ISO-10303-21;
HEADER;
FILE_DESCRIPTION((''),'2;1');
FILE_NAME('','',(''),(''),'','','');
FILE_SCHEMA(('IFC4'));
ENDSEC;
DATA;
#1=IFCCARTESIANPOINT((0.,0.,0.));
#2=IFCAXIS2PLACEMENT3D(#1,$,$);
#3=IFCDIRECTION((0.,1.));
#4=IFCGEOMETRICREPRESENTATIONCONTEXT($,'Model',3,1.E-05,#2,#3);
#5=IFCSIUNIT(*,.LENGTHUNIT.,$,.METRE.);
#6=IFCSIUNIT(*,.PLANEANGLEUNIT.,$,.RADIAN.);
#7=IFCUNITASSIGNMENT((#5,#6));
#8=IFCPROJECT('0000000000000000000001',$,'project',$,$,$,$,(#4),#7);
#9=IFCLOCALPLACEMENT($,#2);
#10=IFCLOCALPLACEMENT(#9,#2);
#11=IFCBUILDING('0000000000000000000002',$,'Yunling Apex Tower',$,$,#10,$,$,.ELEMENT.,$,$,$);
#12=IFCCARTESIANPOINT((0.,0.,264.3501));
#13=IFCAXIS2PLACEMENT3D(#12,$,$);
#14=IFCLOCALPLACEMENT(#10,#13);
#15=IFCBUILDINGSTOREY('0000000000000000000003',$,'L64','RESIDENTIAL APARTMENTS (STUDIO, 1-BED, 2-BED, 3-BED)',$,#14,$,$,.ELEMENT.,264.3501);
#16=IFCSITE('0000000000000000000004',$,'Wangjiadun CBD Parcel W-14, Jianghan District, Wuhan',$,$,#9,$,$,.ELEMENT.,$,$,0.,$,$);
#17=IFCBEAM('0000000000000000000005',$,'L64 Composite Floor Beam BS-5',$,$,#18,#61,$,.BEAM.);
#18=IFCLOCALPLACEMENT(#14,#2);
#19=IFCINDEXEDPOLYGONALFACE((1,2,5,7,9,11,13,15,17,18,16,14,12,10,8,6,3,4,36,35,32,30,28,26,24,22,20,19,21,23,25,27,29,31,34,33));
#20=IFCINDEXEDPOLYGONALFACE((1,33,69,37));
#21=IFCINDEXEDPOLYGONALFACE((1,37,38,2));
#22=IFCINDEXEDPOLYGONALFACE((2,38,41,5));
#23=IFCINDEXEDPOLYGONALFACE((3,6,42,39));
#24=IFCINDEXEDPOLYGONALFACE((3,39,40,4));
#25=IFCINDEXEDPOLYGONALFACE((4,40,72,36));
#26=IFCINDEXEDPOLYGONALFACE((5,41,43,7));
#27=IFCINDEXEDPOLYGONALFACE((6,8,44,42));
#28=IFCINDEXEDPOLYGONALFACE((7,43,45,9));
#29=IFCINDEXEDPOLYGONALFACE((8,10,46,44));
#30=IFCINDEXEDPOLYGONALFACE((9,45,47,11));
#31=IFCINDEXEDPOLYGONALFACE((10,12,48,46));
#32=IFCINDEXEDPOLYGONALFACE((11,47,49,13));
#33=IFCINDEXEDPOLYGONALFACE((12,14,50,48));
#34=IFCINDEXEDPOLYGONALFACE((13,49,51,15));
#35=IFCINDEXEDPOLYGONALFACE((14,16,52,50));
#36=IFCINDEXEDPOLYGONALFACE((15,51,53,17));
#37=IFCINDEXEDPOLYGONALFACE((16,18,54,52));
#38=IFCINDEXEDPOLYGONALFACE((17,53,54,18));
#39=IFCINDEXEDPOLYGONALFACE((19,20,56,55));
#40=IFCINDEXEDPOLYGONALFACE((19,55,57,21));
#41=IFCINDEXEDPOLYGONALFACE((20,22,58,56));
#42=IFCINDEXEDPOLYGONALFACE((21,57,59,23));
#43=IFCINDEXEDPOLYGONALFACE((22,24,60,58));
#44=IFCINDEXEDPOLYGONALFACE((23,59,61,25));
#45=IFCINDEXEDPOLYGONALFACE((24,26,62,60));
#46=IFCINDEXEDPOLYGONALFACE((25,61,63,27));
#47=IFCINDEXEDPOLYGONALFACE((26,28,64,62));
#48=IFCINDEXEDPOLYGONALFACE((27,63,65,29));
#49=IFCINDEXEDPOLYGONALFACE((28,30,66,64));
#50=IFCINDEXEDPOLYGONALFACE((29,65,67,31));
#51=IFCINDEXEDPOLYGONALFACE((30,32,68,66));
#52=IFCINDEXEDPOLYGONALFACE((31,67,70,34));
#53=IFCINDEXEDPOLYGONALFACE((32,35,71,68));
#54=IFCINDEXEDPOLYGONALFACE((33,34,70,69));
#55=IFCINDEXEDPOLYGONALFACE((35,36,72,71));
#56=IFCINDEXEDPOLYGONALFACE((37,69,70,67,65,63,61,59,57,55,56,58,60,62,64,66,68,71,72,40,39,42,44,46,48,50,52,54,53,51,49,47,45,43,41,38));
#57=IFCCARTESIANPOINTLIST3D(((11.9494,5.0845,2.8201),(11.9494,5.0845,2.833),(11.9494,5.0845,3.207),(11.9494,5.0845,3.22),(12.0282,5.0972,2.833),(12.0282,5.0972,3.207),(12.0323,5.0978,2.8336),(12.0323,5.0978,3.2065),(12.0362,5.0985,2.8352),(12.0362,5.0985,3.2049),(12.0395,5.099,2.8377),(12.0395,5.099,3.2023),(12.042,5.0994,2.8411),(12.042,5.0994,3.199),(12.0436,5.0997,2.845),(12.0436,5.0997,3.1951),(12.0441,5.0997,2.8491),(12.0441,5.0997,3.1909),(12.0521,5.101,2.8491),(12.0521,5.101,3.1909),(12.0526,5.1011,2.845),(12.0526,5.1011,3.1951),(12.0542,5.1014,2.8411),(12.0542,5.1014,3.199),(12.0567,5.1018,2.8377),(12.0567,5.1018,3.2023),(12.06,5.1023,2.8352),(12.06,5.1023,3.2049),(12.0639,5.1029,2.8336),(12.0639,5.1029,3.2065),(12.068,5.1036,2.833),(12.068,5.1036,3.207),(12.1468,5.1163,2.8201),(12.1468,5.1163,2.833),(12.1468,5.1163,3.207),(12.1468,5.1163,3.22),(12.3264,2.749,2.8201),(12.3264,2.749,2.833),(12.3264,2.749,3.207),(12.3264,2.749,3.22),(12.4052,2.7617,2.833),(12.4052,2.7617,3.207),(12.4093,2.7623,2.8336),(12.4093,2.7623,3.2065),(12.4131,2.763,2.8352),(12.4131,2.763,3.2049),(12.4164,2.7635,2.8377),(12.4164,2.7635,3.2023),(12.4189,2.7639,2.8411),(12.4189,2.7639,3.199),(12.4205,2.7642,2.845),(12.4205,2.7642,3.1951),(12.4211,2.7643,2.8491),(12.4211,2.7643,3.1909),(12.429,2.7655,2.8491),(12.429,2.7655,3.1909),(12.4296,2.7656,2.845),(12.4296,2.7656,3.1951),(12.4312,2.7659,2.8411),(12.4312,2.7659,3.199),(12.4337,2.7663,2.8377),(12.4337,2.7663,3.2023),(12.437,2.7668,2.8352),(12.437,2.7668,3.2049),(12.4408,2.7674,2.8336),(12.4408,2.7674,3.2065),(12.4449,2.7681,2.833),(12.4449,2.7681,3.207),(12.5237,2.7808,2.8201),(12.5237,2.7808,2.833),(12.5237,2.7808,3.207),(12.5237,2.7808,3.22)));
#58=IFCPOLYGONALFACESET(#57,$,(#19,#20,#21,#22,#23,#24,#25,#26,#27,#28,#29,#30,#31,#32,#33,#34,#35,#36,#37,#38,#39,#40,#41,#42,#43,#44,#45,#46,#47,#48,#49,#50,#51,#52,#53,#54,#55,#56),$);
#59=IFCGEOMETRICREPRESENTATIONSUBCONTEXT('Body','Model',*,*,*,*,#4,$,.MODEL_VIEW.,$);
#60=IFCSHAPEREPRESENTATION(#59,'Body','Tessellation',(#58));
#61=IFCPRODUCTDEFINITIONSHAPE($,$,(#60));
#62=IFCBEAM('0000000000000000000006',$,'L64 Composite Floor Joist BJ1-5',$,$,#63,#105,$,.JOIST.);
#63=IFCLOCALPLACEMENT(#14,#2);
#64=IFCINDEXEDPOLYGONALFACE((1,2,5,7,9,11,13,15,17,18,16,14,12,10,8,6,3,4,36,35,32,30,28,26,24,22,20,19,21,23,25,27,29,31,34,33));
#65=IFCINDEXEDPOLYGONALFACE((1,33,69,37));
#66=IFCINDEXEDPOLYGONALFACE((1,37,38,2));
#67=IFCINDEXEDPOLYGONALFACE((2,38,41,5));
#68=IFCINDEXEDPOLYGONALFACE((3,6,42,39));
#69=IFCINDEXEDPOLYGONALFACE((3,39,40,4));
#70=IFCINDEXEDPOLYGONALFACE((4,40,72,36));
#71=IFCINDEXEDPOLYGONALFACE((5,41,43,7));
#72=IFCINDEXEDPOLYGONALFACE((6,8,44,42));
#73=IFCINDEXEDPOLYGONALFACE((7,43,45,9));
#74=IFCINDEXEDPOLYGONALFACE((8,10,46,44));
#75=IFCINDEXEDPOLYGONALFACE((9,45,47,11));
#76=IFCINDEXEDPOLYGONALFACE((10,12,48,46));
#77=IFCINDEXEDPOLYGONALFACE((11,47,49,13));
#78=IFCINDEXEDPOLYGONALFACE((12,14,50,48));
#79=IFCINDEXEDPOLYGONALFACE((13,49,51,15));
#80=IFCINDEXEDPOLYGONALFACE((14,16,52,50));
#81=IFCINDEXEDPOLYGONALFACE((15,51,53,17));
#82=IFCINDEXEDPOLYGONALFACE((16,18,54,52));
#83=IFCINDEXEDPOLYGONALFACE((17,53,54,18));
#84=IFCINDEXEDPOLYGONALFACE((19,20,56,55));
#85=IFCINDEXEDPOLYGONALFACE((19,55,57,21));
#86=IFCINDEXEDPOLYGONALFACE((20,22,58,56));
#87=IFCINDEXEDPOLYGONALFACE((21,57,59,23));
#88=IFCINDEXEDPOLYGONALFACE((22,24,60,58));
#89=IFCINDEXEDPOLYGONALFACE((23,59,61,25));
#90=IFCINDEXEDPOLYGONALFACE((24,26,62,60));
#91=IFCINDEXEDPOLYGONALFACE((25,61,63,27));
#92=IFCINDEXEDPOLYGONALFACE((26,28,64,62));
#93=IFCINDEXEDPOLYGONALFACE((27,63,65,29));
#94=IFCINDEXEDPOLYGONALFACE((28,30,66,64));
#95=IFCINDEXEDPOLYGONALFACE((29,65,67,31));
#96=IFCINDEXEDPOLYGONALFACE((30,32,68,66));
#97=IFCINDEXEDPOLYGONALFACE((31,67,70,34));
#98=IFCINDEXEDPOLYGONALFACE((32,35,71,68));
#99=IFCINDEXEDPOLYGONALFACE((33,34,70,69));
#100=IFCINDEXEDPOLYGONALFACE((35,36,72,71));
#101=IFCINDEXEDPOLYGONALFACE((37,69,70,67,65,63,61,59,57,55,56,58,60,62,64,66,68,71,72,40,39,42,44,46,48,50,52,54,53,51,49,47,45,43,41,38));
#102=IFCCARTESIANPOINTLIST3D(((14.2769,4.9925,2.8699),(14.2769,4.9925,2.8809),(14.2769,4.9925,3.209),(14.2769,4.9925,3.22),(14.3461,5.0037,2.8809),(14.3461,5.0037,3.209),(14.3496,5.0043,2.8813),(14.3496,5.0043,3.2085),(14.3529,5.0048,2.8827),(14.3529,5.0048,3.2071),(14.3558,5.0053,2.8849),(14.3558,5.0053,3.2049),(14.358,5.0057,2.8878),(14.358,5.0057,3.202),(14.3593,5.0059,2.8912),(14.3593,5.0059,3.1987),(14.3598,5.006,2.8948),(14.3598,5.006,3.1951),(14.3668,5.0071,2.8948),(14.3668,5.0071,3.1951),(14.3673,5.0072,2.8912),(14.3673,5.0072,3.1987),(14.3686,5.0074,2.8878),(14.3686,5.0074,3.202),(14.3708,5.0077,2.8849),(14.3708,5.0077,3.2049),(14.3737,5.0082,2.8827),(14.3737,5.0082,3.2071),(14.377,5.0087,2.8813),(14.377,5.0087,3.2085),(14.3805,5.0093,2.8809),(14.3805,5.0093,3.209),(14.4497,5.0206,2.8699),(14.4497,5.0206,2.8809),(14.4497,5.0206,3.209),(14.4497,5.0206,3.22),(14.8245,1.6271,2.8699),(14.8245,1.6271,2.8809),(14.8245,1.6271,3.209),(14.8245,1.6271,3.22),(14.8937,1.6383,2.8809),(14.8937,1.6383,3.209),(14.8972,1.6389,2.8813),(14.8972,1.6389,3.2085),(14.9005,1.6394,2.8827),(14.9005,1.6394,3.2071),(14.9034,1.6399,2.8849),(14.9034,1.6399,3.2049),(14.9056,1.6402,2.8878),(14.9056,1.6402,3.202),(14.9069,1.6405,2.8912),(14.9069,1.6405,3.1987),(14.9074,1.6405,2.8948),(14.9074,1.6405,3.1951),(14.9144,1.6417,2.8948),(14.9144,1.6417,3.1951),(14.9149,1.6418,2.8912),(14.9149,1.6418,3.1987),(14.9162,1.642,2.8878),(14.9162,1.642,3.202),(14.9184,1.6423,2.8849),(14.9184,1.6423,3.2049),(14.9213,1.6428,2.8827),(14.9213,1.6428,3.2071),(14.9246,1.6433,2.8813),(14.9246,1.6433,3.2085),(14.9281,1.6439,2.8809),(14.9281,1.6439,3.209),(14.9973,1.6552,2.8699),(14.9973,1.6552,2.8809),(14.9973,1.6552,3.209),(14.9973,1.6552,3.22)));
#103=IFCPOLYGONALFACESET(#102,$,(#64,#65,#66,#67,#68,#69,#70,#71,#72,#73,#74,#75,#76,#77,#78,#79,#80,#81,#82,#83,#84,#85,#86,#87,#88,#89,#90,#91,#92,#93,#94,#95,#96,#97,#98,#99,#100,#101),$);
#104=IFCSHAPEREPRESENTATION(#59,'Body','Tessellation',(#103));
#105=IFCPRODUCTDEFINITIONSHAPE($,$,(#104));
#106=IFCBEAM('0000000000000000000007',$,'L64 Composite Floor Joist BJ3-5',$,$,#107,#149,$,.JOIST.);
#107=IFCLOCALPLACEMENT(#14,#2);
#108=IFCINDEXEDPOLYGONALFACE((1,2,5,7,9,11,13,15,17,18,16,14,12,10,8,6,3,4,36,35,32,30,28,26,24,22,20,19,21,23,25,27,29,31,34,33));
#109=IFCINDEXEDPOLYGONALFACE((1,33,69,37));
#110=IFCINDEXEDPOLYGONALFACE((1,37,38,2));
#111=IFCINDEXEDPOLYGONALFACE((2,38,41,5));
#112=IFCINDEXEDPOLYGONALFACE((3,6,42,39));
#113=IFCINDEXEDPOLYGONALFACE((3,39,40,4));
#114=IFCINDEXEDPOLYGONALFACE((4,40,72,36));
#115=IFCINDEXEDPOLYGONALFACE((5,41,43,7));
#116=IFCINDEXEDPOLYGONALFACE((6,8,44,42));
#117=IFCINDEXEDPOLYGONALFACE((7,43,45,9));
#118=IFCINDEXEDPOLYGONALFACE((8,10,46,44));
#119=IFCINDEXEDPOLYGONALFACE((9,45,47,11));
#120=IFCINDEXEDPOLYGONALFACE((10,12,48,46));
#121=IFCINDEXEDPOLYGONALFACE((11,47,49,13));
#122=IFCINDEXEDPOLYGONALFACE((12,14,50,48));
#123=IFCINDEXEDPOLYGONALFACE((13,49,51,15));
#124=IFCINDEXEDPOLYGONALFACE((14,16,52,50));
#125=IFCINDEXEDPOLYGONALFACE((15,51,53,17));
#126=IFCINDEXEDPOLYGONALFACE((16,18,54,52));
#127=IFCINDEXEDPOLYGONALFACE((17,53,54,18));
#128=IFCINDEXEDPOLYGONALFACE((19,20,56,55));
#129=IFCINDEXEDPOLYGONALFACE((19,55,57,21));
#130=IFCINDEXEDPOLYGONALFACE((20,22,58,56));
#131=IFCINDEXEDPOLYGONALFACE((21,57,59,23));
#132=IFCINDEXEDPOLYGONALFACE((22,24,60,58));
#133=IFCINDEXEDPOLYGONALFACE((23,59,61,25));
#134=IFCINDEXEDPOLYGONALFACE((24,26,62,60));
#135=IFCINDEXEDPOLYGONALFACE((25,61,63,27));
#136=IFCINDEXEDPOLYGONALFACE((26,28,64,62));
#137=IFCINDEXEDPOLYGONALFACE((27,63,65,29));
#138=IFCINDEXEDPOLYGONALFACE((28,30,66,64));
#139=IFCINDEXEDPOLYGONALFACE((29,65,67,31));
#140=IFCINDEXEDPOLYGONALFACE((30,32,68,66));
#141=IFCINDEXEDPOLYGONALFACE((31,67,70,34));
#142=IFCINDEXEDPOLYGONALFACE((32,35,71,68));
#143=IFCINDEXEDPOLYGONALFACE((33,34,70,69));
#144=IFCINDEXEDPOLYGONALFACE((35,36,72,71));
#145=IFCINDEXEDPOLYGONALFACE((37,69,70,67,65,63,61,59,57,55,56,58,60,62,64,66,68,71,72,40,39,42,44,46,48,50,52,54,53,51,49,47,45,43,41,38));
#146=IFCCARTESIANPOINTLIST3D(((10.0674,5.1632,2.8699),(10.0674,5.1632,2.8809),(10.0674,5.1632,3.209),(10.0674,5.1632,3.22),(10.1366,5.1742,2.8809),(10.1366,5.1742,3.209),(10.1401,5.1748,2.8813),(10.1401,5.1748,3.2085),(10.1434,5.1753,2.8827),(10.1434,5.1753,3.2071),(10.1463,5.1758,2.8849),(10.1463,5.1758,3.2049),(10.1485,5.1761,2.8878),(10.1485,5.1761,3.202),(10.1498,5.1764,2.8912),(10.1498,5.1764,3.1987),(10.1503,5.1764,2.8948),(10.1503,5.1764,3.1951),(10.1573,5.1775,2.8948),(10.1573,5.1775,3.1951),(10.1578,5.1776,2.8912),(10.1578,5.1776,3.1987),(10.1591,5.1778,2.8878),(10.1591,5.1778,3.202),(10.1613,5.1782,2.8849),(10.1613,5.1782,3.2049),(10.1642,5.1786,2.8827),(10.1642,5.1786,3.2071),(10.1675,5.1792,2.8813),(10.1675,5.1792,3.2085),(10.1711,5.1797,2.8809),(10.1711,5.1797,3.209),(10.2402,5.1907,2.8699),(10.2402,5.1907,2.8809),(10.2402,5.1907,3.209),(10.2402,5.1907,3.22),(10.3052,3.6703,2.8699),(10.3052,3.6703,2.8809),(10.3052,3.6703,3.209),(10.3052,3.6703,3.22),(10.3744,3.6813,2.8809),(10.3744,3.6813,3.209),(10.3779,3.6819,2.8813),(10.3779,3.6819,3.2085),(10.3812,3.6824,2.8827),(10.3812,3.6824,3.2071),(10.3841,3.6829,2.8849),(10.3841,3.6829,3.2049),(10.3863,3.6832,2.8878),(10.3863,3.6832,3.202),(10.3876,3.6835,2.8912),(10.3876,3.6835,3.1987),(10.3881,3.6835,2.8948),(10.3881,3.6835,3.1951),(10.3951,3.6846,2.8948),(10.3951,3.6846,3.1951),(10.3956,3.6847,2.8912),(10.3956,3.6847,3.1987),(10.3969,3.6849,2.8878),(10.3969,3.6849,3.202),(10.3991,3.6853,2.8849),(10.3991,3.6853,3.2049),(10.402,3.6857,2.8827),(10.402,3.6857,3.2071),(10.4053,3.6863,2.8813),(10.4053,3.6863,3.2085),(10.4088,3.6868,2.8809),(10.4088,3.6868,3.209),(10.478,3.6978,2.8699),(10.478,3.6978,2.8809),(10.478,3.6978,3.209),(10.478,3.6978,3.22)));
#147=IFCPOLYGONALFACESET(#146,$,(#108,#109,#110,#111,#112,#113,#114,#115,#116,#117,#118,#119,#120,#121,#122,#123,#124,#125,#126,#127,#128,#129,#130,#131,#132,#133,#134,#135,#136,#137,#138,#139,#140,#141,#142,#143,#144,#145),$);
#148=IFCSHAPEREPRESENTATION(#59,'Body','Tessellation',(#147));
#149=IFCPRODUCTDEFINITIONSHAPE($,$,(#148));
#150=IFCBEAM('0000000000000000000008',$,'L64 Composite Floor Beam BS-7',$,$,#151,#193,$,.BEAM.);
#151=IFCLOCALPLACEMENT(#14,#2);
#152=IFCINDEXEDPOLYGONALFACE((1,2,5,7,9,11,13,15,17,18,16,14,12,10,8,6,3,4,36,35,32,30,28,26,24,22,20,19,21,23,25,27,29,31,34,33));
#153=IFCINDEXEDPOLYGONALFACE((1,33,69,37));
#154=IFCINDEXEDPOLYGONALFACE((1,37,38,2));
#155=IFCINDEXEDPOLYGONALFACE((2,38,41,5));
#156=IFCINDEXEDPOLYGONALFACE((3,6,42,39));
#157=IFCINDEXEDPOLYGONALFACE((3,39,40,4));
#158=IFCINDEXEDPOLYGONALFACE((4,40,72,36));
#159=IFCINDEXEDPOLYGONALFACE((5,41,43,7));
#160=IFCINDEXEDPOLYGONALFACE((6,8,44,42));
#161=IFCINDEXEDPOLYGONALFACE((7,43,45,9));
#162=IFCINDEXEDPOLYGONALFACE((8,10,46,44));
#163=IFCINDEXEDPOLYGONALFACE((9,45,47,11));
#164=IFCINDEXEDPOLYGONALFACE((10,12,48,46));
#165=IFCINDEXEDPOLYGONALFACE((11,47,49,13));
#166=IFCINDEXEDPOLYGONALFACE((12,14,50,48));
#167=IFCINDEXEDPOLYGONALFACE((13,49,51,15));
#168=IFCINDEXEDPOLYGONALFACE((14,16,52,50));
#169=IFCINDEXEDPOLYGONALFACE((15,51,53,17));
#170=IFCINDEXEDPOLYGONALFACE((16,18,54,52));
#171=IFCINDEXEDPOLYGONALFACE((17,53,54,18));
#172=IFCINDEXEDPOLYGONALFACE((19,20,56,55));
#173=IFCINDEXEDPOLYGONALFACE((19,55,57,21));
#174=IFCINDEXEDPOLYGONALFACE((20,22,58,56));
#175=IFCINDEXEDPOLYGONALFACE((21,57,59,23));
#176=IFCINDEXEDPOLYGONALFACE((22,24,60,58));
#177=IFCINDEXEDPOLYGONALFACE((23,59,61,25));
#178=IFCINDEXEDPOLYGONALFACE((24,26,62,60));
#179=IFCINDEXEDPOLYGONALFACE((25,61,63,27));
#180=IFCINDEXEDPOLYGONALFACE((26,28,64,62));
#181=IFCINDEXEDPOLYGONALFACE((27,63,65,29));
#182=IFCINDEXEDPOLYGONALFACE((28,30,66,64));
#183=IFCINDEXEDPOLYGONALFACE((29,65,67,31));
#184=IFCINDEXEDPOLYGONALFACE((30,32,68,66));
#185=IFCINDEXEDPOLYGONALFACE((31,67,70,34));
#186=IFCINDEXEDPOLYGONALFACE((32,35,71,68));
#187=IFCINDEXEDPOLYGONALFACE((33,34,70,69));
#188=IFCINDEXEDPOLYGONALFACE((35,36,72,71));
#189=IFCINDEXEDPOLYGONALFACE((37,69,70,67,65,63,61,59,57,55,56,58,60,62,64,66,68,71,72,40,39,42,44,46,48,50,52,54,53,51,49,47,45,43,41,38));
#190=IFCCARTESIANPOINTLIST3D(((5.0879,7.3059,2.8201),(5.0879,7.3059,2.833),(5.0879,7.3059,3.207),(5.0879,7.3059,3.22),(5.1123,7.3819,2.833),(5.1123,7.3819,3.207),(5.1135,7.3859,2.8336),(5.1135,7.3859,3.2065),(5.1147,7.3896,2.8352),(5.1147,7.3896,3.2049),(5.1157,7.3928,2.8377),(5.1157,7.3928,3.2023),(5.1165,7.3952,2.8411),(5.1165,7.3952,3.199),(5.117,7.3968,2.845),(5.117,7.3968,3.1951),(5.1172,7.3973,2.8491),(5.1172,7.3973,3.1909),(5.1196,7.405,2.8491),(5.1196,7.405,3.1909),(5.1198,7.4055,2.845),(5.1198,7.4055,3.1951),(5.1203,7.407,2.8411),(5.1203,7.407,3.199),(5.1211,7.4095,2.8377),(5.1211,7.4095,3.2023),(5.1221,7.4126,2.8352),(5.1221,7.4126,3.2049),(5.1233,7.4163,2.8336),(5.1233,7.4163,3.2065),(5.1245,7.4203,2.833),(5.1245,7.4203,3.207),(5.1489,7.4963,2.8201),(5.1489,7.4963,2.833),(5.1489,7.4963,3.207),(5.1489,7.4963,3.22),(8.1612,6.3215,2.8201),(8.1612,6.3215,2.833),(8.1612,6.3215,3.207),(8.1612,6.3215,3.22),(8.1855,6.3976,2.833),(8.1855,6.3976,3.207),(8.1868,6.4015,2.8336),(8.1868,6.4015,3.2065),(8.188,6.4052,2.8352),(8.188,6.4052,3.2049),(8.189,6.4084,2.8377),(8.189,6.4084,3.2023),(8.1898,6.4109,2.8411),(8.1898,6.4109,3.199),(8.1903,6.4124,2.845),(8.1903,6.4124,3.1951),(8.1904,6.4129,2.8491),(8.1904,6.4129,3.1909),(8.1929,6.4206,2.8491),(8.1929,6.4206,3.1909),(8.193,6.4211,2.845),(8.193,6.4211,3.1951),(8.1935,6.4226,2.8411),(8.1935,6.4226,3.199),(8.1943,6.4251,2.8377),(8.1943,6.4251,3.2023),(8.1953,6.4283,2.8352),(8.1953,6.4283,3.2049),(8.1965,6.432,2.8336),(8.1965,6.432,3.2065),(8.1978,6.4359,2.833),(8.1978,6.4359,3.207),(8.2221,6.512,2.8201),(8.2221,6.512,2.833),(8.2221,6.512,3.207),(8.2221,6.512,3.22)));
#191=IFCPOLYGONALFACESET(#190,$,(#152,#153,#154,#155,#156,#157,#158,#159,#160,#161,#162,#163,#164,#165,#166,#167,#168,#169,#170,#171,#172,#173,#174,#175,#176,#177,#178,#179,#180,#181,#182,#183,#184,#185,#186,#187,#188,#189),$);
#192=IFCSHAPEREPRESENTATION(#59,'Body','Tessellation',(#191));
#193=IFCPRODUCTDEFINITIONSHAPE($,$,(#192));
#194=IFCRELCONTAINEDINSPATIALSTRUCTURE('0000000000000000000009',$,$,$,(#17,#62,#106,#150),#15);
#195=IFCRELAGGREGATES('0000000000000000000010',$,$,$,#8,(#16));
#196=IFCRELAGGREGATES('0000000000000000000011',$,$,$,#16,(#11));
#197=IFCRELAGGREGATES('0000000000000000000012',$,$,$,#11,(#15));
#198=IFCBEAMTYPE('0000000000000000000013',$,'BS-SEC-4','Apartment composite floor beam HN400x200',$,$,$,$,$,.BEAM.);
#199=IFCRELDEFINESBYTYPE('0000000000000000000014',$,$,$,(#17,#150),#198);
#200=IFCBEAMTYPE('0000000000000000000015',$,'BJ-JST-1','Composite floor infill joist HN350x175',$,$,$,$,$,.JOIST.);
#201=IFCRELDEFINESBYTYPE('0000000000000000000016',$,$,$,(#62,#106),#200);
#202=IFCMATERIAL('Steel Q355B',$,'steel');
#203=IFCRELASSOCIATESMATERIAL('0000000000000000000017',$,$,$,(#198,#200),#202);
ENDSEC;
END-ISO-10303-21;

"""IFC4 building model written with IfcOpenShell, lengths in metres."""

from ifc_helpers import new_model, si_unit, direction, frame, origin, origin_2d, place, context, subcontext, project, spatial, i_section, extrude, source, transform, mapped, material, material_profile, profile_set, type_object, element, save


model = new_model("IFC4")

# Units and contexts
model_context = context("Model", 3, precision=1e-05, world=origin(), true_north=direction((0.0, 1.0)))
body_context = subcontext(model_context, "Body", "Model", "MODEL_VIEW")
ifc_project = project(units=[si_unit("LENGTHUNIT", "METRE"), si_unit("PLANEANGLEUNIT", "RADIAN")], contexts=[model_context])

# Site, building, storey
site_placement = place(None, origin())
site = spatial("IfcSite", under=ifc_project, at=site_placement, Name="Wangjiadun CBD Parcel W-14, Jianghan District, Wuhan", CompositionType="ELEMENT", RefElevation=0.0)
building_placement = place(site_placement, origin())
building = spatial("IfcBuilding", under=site, at=building_placement, Name="Yunling Apex Tower", CompositionType="ELEMENT")
storey_placement = place(building_placement, frame((0.0, 0.0, 264.3501)))
storey = spatial("IfcBuildingStorey", under=building, at=storey_placement, Name="L64", Description="RESIDENTIAL APARTMENTS (STUDIO, 1-BED, 2-BED, 3-BED)", CompositionType="ELEMENT", Elevation=264.3501)

# Shared definitions
ifc_material_1 = material(Name="Steel Q355B", Category="steel")

# Beams
ifc_material_profile_1 = material_profile(ifc_material_1, i_section(OverallWidth=0.2, OverallDepth=0.3999, WebThickness=0.0081, FlangeThickness=0.0129, FilletRadius=0.0161, at=origin_2d()))
ifc_profile_set_1 = profile_set([ifc_material_profile_1], Name="Steel Q355B")
beam_type_1 = type_object("IfcBeamType", Name="BS-SEC-4", Description="Apartment composite floor beam HN400x200", PredefinedType="BEAM", material=ifc_profile_set_1)
shared_shape_1 = source(origin(), body_context, "Body", "SweptSolid", [
    extrude(i_section(OverallWidth=0.2, OverallDepth=0.3999, WebThickness=0.0081, FlangeThickness=0.0129, FilletRadius=0.0161, at=origin_2d()), origin(), (0.0, 0.0, 1.0), 2.3657),
])
beam_1_placement = place(storey_placement, frame((12.425, 2.7649, 3.02), z_axis=(-0.159343, 0.987223, 0.0), x_axis=(-0.987223, -0.159343, 0.0)))
element("IfcBeam", 1, at=beam_1_placement, inside=storey, type_object=beam_type_1, Name="L64 Composite Floor Beam BS-5", PredefinedType="BEAM", context=body_context, shape_type="MappedRepresentation", body=[
    mapped(shared_shape_1, transform((0.0, 0.0, 0.0), scale=1.0)),
])
ifc_material_profile_2 = material_profile(ifc_material_1, i_section(OverallWidth=0.175, OverallDepth=0.3501, WebThickness=0.0071, FlangeThickness=0.011, FilletRadius=0.0139, at=origin_2d()))
ifc_profile_set_2 = profile_set([ifc_material_profile_2], Name="Steel Q355B")
beam_type_2 = type_object("IfcBeamType", Name="BJ-JST-1", Description="Composite floor infill joist HN350x175", PredefinedType="JOIST", material=ifc_profile_set_2)
shared_shape_2 = source(origin(), body_context, "Body", "SweptSolid", [
    extrude(i_section(OverallWidth=0.175, OverallDepth=0.3501, WebThickness=0.0071, FlangeThickness=0.011, FilletRadius=0.0139, at=origin_2d()), origin(), (0.0, 0.0, 1.0), 3.4097),
])
beam_2_placement = place(storey_placement, frame((14.9109, 1.6411, 3.0449), z_axis=(-0.160601, 0.987019, 0.0), x_axis=(-0.987019, -0.160601, 0.0)))
element("IfcBeam", 2, at=beam_2_placement, inside=storey, type_object=beam_type_2, Name="L64 Composite Floor Joist BJ1-5", PredefinedType="JOIST", context=body_context, shape_type="MappedRepresentation", body=[
    mapped(shared_shape_2, transform((0.0, 0.0, 0.0), scale=1.0)),
])
shared_shape_3 = source(origin(), body_context, "Body", "SweptSolid", [
    extrude(i_section(OverallWidth=0.175, OverallDepth=0.3501, WebThickness=0.0071, FlangeThickness=0.011, FilletRadius=0.0139, at=origin_2d()), origin(), (0.0, 0.0, 1.0), 1.5117),
])
beam_3_placement = place(storey_placement, frame((10.3916, 3.6841, 3.0449), z_axis=(-0.157298, 0.987551, 0.0), x_axis=(-0.987551, -0.157298, 0.0)))
element("IfcBeam", 3, at=beam_3_placement, inside=storey, type_object=beam_type_2, Name="L64 Composite Floor Joist BJ3-5", PredefinedType="JOIST", context=body_context, shape_type="MappedRepresentation", body=[
    mapped(shared_shape_3, transform((0.0, 0.0, 0.0), scale=1.0)),
])
shared_shape_4 = source(origin(), body_context, "Body", "SweptSolid", [
    extrude(i_section(OverallWidth=0.2, OverallDepth=0.3999, WebThickness=0.0081, FlangeThickness=0.0129, FilletRadius=0.0161, at=origin_2d()), origin(), (0.0, 0.0, 1.0), 3.2271),
])
beam_4_placement = place(storey_placement, frame((8.1917, 6.4167, 3.02), z_axis=(-0.95234, 0.305039, 0.0), x_axis=(-0.305039, -0.95234, 0.0)))
element("IfcBeam", 4, at=beam_4_placement, inside=storey, type_object=beam_type_1, Name="L64 Composite Floor Beam BS-7", PredefinedType="BEAM", context=body_context, shape_type="MappedRepresentation", body=[
    mapped(shared_shape_4, transform((0.0, 0.0, 0.0), scale=1.0)),
])

save(model, "model.ifc")
